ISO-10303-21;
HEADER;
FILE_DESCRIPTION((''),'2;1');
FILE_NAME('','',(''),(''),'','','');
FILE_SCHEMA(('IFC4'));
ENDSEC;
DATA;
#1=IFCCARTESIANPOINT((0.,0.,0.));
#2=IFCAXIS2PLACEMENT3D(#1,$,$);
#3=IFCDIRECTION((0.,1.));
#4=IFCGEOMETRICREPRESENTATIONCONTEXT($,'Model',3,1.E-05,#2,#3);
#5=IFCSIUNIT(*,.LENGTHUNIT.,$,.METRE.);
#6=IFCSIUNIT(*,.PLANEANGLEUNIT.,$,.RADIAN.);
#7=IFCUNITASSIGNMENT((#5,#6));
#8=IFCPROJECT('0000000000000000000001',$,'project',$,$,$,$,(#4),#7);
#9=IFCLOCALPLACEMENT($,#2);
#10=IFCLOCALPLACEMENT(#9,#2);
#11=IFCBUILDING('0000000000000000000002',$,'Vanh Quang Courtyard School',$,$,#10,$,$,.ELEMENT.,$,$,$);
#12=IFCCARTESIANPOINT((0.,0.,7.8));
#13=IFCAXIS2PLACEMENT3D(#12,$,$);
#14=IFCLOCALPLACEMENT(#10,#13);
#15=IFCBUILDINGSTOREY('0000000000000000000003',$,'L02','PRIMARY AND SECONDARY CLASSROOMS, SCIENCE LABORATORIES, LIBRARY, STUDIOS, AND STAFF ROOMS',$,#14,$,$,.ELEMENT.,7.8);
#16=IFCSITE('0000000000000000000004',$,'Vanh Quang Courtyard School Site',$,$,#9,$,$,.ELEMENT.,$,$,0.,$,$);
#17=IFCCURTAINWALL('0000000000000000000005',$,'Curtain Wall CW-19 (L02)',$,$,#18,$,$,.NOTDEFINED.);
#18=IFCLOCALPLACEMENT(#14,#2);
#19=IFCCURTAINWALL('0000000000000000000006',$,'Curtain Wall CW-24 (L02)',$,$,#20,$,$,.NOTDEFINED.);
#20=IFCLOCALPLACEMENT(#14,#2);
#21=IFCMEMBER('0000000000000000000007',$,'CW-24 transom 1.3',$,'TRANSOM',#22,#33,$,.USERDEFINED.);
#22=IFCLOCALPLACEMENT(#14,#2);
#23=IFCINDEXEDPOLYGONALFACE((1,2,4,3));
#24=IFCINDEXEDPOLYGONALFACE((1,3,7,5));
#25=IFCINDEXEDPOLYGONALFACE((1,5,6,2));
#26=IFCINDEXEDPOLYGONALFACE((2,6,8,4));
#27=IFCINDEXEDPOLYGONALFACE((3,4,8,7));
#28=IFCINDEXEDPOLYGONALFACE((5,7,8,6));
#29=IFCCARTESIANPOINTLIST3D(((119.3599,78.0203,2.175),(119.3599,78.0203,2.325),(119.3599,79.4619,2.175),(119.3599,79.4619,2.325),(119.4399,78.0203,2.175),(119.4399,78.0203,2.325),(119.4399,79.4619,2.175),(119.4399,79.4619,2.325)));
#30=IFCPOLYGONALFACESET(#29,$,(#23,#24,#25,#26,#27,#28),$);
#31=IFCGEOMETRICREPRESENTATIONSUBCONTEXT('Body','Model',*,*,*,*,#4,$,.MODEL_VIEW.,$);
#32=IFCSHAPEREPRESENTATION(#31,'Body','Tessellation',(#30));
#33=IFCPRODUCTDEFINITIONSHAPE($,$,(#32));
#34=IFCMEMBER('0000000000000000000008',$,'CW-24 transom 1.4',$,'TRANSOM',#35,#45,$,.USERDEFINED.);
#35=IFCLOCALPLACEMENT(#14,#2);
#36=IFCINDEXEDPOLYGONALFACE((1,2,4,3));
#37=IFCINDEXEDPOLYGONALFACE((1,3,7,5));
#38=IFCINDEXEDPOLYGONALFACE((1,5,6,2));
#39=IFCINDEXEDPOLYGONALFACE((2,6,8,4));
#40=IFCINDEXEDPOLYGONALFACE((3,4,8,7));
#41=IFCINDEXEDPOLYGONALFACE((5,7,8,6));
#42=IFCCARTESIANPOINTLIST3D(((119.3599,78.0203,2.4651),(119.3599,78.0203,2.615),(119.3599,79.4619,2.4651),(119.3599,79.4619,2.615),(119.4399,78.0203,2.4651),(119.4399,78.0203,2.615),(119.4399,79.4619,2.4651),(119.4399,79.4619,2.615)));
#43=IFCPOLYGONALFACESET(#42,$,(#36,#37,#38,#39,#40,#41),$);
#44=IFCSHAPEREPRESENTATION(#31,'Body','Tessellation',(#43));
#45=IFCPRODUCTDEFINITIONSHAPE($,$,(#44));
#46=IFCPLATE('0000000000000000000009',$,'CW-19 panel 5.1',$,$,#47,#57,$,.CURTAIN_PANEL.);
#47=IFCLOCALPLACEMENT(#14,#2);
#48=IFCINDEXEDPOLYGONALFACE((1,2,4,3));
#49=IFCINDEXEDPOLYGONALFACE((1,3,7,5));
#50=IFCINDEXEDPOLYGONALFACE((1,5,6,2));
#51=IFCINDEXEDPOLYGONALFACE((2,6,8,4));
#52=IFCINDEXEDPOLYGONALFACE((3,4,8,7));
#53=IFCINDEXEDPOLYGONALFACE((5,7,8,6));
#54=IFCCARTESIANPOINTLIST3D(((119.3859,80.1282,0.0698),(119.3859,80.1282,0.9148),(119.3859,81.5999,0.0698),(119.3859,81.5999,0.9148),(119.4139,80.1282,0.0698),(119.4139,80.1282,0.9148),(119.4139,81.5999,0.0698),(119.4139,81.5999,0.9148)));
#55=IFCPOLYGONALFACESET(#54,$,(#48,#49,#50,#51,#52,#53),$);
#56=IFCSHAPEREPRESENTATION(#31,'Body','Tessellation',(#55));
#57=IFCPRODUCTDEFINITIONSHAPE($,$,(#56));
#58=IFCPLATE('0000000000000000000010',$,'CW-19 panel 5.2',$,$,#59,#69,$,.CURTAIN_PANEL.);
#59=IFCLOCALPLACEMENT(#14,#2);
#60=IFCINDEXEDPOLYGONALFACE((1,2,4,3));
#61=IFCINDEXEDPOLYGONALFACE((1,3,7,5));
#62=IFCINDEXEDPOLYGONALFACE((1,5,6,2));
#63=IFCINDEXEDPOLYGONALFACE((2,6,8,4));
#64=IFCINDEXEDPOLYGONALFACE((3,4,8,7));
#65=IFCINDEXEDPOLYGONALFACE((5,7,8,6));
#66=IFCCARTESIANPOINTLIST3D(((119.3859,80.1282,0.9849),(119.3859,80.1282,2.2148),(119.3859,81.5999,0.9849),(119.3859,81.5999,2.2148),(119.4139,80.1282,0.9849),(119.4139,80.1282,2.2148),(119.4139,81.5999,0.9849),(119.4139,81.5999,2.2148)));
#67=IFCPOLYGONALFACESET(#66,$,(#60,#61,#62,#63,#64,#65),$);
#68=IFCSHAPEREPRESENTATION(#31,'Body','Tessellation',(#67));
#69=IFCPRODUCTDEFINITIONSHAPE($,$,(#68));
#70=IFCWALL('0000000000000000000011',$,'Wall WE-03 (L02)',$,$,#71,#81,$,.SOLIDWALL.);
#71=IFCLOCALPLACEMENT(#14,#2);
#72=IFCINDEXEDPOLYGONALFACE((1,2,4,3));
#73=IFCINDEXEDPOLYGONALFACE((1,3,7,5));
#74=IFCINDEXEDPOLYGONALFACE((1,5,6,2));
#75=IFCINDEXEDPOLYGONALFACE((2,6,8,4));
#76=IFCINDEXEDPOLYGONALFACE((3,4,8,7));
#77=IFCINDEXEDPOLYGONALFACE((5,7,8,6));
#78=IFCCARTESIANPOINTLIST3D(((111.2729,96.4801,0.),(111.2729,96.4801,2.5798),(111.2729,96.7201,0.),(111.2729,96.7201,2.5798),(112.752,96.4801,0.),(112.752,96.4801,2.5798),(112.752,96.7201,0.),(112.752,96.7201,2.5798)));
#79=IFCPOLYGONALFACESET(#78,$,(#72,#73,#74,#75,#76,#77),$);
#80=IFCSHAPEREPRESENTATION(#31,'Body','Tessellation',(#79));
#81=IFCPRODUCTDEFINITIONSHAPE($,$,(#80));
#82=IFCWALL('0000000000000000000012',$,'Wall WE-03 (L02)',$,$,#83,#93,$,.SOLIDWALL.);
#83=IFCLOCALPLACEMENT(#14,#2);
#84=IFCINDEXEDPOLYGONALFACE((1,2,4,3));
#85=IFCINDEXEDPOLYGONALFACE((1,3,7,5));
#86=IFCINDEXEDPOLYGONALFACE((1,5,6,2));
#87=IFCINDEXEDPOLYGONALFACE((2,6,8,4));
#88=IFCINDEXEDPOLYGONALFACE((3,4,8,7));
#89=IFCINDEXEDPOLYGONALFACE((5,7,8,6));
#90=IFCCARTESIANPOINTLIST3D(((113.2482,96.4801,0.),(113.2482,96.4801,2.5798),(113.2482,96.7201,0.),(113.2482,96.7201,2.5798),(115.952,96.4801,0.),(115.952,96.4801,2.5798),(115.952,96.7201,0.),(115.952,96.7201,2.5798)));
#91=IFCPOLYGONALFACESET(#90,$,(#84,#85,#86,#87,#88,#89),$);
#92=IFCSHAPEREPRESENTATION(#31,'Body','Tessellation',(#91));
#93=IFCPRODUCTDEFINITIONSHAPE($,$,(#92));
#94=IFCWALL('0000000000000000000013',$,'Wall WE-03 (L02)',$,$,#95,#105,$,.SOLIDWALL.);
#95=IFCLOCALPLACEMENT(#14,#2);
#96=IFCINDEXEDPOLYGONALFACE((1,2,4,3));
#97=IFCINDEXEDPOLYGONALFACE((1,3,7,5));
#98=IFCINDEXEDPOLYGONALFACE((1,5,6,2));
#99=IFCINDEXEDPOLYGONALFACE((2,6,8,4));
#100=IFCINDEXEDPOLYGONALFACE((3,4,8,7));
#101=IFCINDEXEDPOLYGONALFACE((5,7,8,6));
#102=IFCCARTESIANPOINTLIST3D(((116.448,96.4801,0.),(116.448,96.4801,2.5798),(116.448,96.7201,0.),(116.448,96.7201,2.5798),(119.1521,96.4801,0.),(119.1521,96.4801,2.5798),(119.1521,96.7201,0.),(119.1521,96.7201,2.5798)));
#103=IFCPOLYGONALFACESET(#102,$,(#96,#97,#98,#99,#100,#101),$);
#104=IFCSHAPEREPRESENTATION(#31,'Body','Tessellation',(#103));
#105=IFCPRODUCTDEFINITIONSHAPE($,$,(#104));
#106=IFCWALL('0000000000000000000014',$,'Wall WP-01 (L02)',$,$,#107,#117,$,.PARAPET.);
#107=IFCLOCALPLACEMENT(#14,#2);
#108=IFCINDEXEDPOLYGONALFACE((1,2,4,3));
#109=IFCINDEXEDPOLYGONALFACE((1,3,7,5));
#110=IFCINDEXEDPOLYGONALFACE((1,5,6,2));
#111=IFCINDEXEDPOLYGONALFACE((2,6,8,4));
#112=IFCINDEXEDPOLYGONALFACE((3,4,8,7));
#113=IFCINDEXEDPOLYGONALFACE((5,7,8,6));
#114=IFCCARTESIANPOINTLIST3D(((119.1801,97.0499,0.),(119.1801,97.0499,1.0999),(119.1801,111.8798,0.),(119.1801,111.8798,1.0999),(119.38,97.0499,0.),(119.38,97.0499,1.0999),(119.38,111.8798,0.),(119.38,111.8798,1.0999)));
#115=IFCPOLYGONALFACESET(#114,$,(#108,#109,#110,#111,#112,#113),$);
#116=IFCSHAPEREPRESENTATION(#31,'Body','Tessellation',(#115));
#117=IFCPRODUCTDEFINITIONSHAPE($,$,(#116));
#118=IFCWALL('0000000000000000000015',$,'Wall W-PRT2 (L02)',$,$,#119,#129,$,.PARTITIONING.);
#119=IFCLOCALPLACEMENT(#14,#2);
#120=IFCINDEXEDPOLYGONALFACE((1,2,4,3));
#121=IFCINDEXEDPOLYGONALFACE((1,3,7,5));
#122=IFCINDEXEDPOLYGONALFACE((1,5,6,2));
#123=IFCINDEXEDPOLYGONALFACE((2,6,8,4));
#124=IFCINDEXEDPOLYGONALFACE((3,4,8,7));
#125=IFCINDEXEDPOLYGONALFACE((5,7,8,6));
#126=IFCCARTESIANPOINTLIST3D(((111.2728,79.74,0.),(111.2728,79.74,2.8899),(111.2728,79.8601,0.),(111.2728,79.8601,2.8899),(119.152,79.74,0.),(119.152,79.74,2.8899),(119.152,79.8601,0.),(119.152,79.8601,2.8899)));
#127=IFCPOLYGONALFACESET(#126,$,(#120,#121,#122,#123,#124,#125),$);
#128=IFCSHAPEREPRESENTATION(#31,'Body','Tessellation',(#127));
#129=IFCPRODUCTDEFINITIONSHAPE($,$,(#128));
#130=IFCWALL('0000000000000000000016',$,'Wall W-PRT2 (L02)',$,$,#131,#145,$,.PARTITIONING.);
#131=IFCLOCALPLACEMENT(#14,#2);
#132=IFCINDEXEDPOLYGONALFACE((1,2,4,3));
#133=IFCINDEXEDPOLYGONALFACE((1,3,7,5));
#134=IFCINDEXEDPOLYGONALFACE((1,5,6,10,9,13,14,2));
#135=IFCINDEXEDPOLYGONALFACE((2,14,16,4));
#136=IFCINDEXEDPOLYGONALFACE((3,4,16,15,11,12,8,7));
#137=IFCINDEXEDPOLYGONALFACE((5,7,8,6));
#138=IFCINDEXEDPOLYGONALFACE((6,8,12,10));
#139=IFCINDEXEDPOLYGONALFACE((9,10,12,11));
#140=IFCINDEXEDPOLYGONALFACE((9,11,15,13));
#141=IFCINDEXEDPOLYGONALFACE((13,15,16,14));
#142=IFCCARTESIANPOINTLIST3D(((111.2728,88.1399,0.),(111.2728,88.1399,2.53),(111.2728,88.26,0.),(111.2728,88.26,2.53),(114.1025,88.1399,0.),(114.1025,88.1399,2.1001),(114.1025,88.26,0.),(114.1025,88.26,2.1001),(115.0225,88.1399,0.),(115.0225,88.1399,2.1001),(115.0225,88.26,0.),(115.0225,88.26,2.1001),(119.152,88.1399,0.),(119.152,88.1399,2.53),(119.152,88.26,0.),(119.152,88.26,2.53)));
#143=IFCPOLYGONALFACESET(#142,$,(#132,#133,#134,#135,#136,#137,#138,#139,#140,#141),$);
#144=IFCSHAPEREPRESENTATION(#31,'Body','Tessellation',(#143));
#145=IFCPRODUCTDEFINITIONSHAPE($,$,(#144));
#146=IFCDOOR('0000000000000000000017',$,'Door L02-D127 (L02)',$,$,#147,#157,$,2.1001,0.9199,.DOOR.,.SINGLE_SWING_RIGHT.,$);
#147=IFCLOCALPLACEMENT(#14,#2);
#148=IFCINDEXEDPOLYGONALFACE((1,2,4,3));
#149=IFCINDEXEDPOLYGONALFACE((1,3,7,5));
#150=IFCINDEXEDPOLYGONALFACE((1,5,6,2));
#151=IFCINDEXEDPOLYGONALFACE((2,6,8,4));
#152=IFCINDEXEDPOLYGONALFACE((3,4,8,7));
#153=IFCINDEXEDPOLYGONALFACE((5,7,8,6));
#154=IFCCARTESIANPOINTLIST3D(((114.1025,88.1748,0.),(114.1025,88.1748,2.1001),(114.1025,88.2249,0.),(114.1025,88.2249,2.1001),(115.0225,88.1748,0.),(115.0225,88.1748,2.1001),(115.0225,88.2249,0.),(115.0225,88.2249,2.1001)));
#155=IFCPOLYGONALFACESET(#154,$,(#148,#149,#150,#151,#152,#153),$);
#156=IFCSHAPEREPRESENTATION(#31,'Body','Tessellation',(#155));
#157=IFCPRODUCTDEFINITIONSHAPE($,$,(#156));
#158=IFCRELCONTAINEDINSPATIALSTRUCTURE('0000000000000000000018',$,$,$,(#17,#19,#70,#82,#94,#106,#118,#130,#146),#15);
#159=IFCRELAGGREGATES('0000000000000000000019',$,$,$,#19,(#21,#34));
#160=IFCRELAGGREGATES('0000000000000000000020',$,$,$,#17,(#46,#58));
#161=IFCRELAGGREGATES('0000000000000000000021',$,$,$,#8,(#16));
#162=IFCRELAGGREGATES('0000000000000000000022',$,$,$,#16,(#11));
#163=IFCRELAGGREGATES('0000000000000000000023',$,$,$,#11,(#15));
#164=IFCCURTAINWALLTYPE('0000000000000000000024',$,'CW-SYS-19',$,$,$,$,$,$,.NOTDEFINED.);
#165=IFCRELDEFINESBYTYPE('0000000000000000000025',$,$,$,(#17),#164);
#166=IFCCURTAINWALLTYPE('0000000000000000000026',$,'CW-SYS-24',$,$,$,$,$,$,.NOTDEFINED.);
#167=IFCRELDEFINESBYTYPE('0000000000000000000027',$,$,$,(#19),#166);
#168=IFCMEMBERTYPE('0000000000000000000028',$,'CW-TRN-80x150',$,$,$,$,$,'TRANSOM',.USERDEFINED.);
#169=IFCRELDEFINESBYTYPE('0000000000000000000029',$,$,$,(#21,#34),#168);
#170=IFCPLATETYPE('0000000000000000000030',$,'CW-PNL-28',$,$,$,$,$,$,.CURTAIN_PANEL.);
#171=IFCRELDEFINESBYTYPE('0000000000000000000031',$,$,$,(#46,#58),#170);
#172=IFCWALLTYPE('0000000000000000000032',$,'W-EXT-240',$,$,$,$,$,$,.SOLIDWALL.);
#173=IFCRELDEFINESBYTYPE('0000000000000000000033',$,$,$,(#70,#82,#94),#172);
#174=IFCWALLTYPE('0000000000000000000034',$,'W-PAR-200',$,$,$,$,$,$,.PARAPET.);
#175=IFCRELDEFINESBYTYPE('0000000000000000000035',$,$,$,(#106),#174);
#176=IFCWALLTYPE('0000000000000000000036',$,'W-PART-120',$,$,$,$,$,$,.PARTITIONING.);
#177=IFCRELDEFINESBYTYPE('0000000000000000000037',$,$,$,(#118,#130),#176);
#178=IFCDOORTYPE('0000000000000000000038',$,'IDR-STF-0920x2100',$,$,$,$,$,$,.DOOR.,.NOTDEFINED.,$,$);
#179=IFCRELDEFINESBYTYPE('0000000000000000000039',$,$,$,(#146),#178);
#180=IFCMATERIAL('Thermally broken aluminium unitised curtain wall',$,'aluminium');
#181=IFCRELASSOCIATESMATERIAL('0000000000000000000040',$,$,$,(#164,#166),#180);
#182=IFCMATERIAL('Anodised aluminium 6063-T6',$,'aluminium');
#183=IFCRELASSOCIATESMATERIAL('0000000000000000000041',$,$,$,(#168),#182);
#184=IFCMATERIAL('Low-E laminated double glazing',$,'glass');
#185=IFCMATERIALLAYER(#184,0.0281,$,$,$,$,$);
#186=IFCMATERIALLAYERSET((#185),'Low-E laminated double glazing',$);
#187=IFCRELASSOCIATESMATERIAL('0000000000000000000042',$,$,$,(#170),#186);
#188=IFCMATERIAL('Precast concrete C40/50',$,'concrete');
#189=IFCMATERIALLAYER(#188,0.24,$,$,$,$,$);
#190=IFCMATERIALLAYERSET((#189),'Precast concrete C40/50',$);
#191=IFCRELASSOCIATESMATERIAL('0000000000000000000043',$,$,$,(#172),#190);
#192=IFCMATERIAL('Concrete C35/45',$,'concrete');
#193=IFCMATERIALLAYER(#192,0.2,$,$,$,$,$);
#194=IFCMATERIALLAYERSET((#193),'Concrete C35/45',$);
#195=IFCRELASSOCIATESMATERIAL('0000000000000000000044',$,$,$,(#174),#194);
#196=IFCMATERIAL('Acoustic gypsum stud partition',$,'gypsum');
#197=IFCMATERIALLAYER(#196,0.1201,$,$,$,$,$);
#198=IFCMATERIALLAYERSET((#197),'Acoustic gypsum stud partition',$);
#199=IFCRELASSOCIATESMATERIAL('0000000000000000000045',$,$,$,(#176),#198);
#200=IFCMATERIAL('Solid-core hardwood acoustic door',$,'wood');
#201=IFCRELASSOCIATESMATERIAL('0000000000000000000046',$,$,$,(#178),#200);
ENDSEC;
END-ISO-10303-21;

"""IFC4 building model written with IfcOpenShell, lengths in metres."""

from ifc_helpers import new_model, si_unit, direction, frame, frame_2d, origin, origin_2d, place, context, subcontext, project, spatial, rectangle, extrude, material, layer, layer_set, material_profile, profile_set, type_object, element, fill, aggregate, save


model = new_model("IFC4")

# Units and contexts
model_context = context("Model", 3, precision=1e-05, world=origin(), true_north=direction((0.0, 1.0)))
body_context = subcontext(model_context, "Body", "Model", "MODEL_VIEW")
ifc_project = project(units=[si_unit("LENGTHUNIT", "METRE"), si_unit("PLANEANGLEUNIT", "RADIAN")], contexts=[model_context])

# Site, building, storey
site_placement = place(None, origin())
site = spatial("IfcSite", under=ifc_project, at=site_placement, Name="Vanh Quang Courtyard School Site", CompositionType="ELEMENT", RefElevation=0.0)
building_placement = place(site_placement, origin())
building = spatial("IfcBuilding", under=site, at=building_placement, Name="Vanh Quang Courtyard School", CompositionType="ELEMENT")
storey_placement = place(building_placement, frame((0.0, 0.0, 7.8)))
storey = spatial("IfcBuildingStorey", under=building, at=storey_placement, Name="L02", Description="PRIMARY AND SECONDARY CLASSROOMS, SCIENCE LABORATORIES, LIBRARY, STUDIOS, AND STAFF ROOMS", CompositionType="ELEMENT", Elevation=7.8)

# Shared definitions
ifc_material_1 = material(Name="Concrete C35/45", Category="concrete")

# Curtain wall
ifc_material_2 = material(Name="Thermally broken aluminium unitised curtain wall", Category="aluminium")
curtain_wall_type_1 = type_object("IfcCurtainWallType", Name="CW-SYS-19", PredefinedType="NOTDEFINED", material=ifc_material_2)
curtain_wall_1_placement = place(storey_placement, origin())
curtain_wall_1 = element("IfcCurtainWall", 1, at=curtain_wall_1_placement, inside=storey, type_object=curtain_wall_type_1, Name="Curtain Wall CW-19 (L02)", PredefinedType="NOTDEFINED")
ifc_material_3 = material(Name="Anodised aluminium 6063-T6", Category="aluminium")

# Curtain wall, members
curtain_wall_type_2 = type_object("IfcCurtainWallType", Name="CW-SYS-24", PredefinedType="NOTDEFINED", material=ifc_material_2)
curtain_wall_2_placement = place(storey_placement, origin())
curtain_wall_2 = element("IfcCurtainWall", 2, at=curtain_wall_2_placement, inside=storey, type_object=curtain_wall_type_2, Name="Curtain Wall CW-24 (L02)", PredefinedType="NOTDEFINED")
ifc_material_profile_1 = material_profile(ifc_material_3, rectangle(XDim=0.0801, YDim=0.1499, at=origin_2d()), Name="ALU-TRN 80x150")
ifc_profile_set_1 = profile_set([ifc_material_profile_1], Name="Anodised aluminium 6063-T6")
member_type_1 = type_object("IfcMemberType", Name="CW-TRN-80x150", ElementType="TRANSOM", PredefinedType="USERDEFINED", material=ifc_profile_set_1)
member_1_placement = place(storey_placement, frame((119.3999, 79.4619, 2.25), z_axis=(0.0, -1.0, 0.0), x_axis=(1.0, 0.0, 0.0)))
member_1 = element("IfcMember", 3, at=member_1_placement, type_object=member_type_1, Name="CW-24 transom 1.3", ObjectType="TRANSOM", PredefinedType="USERDEFINED", context=body_context, shape_type="SweptSolid", body=[
    extrude(rectangle(XDim=0.0801, YDim=0.1499, at=origin_2d()), origin(), (0.0, 0.0, 1.0), 1.4417),
])
member_2_placement = place(storey_placement, frame((119.3999, 79.4619, 2.54), z_axis=(0.0, -1.0, 0.0), x_axis=(1.0, 0.0, 0.0)))
member_2 = element("IfcMember", 4, at=member_2_placement, type_object=member_type_1, Name="CW-24 transom 1.4", ObjectType="TRANSOM", PredefinedType="USERDEFINED", context=body_context, shape_type="SweptSolid", body=[
    extrude(rectangle(XDim=0.0801, YDim=0.1499, at=origin_2d()), origin(), (0.0, 0.0, 1.0), 1.4417),
])
aggregate(curtain_wall_2, [member_1, member_2])

# Plates
ifc_material_4 = material(Name="Low-E laminated double glazing", Category="glass")
ifc_layer_1 = layer(ifc_material_4, 0.0281)
ifc_layer_set_1 = layer_set([ifc_layer_1], Name="Low-E laminated double glazing")
plate_type = type_object("IfcPlateType", Name="CW-PNL-28", PredefinedType="CURTAIN_PANEL", material=ifc_layer_set_1)
plate_1_placement = place(storey_placement, frame((119.3999, 80.864, 0.0698), z_axis=(0.0, 0.0, 1.0), x_axis=(0.0, -1.0, 0.0)))
plate_1 = element("IfcPlate", 5, at=plate_1_placement, type_object=plate_type, Name="CW-19 panel 5.1", PredefinedType="CURTAIN_PANEL", context=body_context, shape_type="SweptSolid", body=[
    extrude(rectangle(XDim=1.4717, YDim=0.0281, at=origin_2d()), origin(), (0.0, 0.0, 1.0), 0.845),
])
plate_2_placement = place(storey_placement, frame((119.3999, 80.864, 0.9849), z_axis=(0.0, 0.0, 1.0), x_axis=(0.0, -1.0, 0.0)))
plate_2 = element("IfcPlate", 6, at=plate_2_placement, type_object=plate_type, Name="CW-19 panel 5.2", PredefinedType="CURTAIN_PANEL", context=body_context, shape_type="SweptSolid", body=[
    extrude(rectangle(XDim=1.4717, YDim=0.0281, at=origin_2d()), origin(), (0.0, 0.0, 1.0), 1.23),
])
aggregate(curtain_wall_1, [plate_1, plate_2])

# Walls
ifc_material_5 = material(Name="Precast concrete C40/50", Category="concrete")
ifc_layer_2 = layer(ifc_material_5, 0.24)
ifc_layer_set_2 = layer_set([ifc_layer_2], Name="Precast concrete C40/50")
wall_type_1 = type_object("IfcWallType", Name="W-EXT-240", PredefinedType="SOLIDWALL", material=ifc_layer_set_2)
wall_1_placement = place(storey_placement, frame((111.2729, 96.6001, 0.0), z_axis=(0.0, 0.0, 1.0), x_axis=(1.0, 0.0, 0.0)))
element("IfcWall", 7, at=wall_1_placement, inside=storey, type_object=wall_type_1, Name="Wall WE-03 (L02)", PredefinedType="SOLIDWALL", context=body_context, shape_type="SweptSolid", body=[
    extrude(rectangle(XDim=1.479, YDim=0.24, at=frame_2d((0.7395, 0.0))), origin(), (0.0, 0.0, 1.0), 2.5798),
])
wall_2_placement = place(storey_placement, frame((113.248, 96.6001, 0.0), z_axis=(0.0, 0.0, 1.0), x_axis=(1.0, 0.0, 0.0)))
element("IfcWall", 8, at=wall_2_placement, inside=storey, type_object=wall_type_1, Name="Wall WE-03 (L02)", PredefinedType="SOLIDWALL", context=body_context, shape_type="SweptSolid", body=[
    extrude(rectangle(XDim=2.7039, YDim=0.24, at=frame_2d((1.3521, 0.0))), origin(), (0.0, 0.0, 1.0), 2.5798),
])
wall_3_placement = place(storey_placement, frame((116.448, 96.6001, 0.0), z_axis=(0.0, 0.0, 1.0), x_axis=(1.0, 0.0, 0.0)))
element("IfcWall", 9, at=wall_3_placement, inside=storey, type_object=wall_type_1, Name="Wall WE-03 (L02)", PredefinedType="SOLIDWALL", context=body_context, shape_type="SweptSolid", body=[
    extrude(rectangle(XDim=2.7041, YDim=0.24, at=frame_2d((1.3521, 0.0))), origin(), (0.0, 0.0, 1.0), 2.5798),
])
ifc_layer_3 = layer(ifc_material_1, 0.2)
ifc_layer_set_3 = layer_set([ifc_layer_3], Name="Concrete C35/45")
wall_type_2 = type_object("IfcWallType", Name="W-PAR-200", PredefinedType="PARAPET", material=ifc_layer_set_3)
wall_4_placement = place(storey_placement, frame((119.28, 111.8799, 0.0), z_axis=(0.0, 0.0, 1.0), x_axis=(0.0, -1.0, 0.0)))
element("IfcWall", 10, at=wall_4_placement, inside=storey, type_object=wall_type_2, Name="Wall WP-01 (L02)", PredefinedType="PARAPET", context=body_context, shape_type="SweptSolid", body=[
    extrude(rectangle(XDim=14.8298, YDim=0.2, at=frame_2d((7.415, 0.0))), origin(), (0.0, 0.0, 1.0), 1.0999),
])
ifc_material_6 = material(Name="Acoustic gypsum stud partition", Category="gypsum")
ifc_layer_4 = layer(ifc_material_6, 0.1201)
ifc_layer_set_4 = layer_set([ifc_layer_4], Name="Acoustic gypsum stud partition")
wall_type_3 = type_object("IfcWallType", Name="W-PART-120", PredefinedType="PARTITIONING", material=ifc_layer_set_4)
wall_5_placement = place(storey_placement, frame((111.2729, 79.8, 0.0), z_axis=(0.0, 0.0, 1.0), x_axis=(1.0, 0.0, 0.0)))
element("IfcWall", 11, at=wall_5_placement, inside=storey, type_object=wall_type_3, Name="Wall W-PRT2 (L02)", PredefinedType="PARTITIONING", context=body_context, shape_type="SweptSolid", body=[
    extrude(rectangle(XDim=7.8792, YDim=0.1201, at=frame_2d((3.9395, 0.0))), origin(), (0.0, 0.0, 1.0), 2.8899),
])

# Wall, opening, door
wall_6_placement = place(storey_placement, frame((111.2729, 88.2, 0.0), z_axis=(0.0, 0.0, 1.0), x_axis=(1.0, 0.0, 0.0)))
wall_6 = element("IfcWall", 12, at=wall_6_placement, inside=storey, type_object=wall_type_3, Name="Wall W-PRT2 (L02)", PredefinedType="PARTITIONING", context=body_context, shape_type="SweptSolid", body=[
    extrude(rectangle(XDim=7.8792, YDim=0.1201, at=frame_2d((3.9395, 0.0))), origin(), (0.0, 0.0, 1.0), 2.53),
])
opening_placement = place(wall_6_placement, frame((2.8296, 0.0, 0.0)))
opening = element("IfcOpeningElement", 13, at=opening_placement, cuts=wall_6, PredefinedType="OPENING", context=body_context, shape_type="SweptSolid", body=[
    extrude(rectangle(XDim=0.9199, YDim=2.1001, at=frame_2d((0.46, 1.05))), frame((0.0, 0.0701, 0.0), z_axis=(0.0, -1.0, 0.0), x_axis=(1.0, 0.0, 0.0)), (0.0, 0.0, 1.0), 0.1401),
])
ifc_material_7 = material(Name="Solid-core hardwood acoustic door", Category="wood")
door_type = type_object("IfcDoorType", Name="IDR-STF-0920x2100", OperationType="NOTDEFINED", PredefinedType="DOOR", material=ifc_material_7)
door_placement = place(opening_placement, origin())
door = element("IfcDoor", 14, at=door_placement, inside=storey, type_object=door_type, Name="Door L02-D127 (L02)", OperationType="SINGLE_SWING_RIGHT", OverallHeight=2.1001, OverallWidth=0.9199, PredefinedType="DOOR", context=body_context, shape_type="SweptSolid", body=[
    extrude(rectangle(XDim=0.9199, YDim=2.1001, at=frame_2d((0.46, 1.05))), frame((0.0, 0.0249, 0.0), z_axis=(0.0, -1.0, 0.0), x_axis=(1.0, 0.0, 0.0)), (0.0, 0.0, 1.0), 0.05),
])
fill(opening, door)

save(model, "model.ifc")
